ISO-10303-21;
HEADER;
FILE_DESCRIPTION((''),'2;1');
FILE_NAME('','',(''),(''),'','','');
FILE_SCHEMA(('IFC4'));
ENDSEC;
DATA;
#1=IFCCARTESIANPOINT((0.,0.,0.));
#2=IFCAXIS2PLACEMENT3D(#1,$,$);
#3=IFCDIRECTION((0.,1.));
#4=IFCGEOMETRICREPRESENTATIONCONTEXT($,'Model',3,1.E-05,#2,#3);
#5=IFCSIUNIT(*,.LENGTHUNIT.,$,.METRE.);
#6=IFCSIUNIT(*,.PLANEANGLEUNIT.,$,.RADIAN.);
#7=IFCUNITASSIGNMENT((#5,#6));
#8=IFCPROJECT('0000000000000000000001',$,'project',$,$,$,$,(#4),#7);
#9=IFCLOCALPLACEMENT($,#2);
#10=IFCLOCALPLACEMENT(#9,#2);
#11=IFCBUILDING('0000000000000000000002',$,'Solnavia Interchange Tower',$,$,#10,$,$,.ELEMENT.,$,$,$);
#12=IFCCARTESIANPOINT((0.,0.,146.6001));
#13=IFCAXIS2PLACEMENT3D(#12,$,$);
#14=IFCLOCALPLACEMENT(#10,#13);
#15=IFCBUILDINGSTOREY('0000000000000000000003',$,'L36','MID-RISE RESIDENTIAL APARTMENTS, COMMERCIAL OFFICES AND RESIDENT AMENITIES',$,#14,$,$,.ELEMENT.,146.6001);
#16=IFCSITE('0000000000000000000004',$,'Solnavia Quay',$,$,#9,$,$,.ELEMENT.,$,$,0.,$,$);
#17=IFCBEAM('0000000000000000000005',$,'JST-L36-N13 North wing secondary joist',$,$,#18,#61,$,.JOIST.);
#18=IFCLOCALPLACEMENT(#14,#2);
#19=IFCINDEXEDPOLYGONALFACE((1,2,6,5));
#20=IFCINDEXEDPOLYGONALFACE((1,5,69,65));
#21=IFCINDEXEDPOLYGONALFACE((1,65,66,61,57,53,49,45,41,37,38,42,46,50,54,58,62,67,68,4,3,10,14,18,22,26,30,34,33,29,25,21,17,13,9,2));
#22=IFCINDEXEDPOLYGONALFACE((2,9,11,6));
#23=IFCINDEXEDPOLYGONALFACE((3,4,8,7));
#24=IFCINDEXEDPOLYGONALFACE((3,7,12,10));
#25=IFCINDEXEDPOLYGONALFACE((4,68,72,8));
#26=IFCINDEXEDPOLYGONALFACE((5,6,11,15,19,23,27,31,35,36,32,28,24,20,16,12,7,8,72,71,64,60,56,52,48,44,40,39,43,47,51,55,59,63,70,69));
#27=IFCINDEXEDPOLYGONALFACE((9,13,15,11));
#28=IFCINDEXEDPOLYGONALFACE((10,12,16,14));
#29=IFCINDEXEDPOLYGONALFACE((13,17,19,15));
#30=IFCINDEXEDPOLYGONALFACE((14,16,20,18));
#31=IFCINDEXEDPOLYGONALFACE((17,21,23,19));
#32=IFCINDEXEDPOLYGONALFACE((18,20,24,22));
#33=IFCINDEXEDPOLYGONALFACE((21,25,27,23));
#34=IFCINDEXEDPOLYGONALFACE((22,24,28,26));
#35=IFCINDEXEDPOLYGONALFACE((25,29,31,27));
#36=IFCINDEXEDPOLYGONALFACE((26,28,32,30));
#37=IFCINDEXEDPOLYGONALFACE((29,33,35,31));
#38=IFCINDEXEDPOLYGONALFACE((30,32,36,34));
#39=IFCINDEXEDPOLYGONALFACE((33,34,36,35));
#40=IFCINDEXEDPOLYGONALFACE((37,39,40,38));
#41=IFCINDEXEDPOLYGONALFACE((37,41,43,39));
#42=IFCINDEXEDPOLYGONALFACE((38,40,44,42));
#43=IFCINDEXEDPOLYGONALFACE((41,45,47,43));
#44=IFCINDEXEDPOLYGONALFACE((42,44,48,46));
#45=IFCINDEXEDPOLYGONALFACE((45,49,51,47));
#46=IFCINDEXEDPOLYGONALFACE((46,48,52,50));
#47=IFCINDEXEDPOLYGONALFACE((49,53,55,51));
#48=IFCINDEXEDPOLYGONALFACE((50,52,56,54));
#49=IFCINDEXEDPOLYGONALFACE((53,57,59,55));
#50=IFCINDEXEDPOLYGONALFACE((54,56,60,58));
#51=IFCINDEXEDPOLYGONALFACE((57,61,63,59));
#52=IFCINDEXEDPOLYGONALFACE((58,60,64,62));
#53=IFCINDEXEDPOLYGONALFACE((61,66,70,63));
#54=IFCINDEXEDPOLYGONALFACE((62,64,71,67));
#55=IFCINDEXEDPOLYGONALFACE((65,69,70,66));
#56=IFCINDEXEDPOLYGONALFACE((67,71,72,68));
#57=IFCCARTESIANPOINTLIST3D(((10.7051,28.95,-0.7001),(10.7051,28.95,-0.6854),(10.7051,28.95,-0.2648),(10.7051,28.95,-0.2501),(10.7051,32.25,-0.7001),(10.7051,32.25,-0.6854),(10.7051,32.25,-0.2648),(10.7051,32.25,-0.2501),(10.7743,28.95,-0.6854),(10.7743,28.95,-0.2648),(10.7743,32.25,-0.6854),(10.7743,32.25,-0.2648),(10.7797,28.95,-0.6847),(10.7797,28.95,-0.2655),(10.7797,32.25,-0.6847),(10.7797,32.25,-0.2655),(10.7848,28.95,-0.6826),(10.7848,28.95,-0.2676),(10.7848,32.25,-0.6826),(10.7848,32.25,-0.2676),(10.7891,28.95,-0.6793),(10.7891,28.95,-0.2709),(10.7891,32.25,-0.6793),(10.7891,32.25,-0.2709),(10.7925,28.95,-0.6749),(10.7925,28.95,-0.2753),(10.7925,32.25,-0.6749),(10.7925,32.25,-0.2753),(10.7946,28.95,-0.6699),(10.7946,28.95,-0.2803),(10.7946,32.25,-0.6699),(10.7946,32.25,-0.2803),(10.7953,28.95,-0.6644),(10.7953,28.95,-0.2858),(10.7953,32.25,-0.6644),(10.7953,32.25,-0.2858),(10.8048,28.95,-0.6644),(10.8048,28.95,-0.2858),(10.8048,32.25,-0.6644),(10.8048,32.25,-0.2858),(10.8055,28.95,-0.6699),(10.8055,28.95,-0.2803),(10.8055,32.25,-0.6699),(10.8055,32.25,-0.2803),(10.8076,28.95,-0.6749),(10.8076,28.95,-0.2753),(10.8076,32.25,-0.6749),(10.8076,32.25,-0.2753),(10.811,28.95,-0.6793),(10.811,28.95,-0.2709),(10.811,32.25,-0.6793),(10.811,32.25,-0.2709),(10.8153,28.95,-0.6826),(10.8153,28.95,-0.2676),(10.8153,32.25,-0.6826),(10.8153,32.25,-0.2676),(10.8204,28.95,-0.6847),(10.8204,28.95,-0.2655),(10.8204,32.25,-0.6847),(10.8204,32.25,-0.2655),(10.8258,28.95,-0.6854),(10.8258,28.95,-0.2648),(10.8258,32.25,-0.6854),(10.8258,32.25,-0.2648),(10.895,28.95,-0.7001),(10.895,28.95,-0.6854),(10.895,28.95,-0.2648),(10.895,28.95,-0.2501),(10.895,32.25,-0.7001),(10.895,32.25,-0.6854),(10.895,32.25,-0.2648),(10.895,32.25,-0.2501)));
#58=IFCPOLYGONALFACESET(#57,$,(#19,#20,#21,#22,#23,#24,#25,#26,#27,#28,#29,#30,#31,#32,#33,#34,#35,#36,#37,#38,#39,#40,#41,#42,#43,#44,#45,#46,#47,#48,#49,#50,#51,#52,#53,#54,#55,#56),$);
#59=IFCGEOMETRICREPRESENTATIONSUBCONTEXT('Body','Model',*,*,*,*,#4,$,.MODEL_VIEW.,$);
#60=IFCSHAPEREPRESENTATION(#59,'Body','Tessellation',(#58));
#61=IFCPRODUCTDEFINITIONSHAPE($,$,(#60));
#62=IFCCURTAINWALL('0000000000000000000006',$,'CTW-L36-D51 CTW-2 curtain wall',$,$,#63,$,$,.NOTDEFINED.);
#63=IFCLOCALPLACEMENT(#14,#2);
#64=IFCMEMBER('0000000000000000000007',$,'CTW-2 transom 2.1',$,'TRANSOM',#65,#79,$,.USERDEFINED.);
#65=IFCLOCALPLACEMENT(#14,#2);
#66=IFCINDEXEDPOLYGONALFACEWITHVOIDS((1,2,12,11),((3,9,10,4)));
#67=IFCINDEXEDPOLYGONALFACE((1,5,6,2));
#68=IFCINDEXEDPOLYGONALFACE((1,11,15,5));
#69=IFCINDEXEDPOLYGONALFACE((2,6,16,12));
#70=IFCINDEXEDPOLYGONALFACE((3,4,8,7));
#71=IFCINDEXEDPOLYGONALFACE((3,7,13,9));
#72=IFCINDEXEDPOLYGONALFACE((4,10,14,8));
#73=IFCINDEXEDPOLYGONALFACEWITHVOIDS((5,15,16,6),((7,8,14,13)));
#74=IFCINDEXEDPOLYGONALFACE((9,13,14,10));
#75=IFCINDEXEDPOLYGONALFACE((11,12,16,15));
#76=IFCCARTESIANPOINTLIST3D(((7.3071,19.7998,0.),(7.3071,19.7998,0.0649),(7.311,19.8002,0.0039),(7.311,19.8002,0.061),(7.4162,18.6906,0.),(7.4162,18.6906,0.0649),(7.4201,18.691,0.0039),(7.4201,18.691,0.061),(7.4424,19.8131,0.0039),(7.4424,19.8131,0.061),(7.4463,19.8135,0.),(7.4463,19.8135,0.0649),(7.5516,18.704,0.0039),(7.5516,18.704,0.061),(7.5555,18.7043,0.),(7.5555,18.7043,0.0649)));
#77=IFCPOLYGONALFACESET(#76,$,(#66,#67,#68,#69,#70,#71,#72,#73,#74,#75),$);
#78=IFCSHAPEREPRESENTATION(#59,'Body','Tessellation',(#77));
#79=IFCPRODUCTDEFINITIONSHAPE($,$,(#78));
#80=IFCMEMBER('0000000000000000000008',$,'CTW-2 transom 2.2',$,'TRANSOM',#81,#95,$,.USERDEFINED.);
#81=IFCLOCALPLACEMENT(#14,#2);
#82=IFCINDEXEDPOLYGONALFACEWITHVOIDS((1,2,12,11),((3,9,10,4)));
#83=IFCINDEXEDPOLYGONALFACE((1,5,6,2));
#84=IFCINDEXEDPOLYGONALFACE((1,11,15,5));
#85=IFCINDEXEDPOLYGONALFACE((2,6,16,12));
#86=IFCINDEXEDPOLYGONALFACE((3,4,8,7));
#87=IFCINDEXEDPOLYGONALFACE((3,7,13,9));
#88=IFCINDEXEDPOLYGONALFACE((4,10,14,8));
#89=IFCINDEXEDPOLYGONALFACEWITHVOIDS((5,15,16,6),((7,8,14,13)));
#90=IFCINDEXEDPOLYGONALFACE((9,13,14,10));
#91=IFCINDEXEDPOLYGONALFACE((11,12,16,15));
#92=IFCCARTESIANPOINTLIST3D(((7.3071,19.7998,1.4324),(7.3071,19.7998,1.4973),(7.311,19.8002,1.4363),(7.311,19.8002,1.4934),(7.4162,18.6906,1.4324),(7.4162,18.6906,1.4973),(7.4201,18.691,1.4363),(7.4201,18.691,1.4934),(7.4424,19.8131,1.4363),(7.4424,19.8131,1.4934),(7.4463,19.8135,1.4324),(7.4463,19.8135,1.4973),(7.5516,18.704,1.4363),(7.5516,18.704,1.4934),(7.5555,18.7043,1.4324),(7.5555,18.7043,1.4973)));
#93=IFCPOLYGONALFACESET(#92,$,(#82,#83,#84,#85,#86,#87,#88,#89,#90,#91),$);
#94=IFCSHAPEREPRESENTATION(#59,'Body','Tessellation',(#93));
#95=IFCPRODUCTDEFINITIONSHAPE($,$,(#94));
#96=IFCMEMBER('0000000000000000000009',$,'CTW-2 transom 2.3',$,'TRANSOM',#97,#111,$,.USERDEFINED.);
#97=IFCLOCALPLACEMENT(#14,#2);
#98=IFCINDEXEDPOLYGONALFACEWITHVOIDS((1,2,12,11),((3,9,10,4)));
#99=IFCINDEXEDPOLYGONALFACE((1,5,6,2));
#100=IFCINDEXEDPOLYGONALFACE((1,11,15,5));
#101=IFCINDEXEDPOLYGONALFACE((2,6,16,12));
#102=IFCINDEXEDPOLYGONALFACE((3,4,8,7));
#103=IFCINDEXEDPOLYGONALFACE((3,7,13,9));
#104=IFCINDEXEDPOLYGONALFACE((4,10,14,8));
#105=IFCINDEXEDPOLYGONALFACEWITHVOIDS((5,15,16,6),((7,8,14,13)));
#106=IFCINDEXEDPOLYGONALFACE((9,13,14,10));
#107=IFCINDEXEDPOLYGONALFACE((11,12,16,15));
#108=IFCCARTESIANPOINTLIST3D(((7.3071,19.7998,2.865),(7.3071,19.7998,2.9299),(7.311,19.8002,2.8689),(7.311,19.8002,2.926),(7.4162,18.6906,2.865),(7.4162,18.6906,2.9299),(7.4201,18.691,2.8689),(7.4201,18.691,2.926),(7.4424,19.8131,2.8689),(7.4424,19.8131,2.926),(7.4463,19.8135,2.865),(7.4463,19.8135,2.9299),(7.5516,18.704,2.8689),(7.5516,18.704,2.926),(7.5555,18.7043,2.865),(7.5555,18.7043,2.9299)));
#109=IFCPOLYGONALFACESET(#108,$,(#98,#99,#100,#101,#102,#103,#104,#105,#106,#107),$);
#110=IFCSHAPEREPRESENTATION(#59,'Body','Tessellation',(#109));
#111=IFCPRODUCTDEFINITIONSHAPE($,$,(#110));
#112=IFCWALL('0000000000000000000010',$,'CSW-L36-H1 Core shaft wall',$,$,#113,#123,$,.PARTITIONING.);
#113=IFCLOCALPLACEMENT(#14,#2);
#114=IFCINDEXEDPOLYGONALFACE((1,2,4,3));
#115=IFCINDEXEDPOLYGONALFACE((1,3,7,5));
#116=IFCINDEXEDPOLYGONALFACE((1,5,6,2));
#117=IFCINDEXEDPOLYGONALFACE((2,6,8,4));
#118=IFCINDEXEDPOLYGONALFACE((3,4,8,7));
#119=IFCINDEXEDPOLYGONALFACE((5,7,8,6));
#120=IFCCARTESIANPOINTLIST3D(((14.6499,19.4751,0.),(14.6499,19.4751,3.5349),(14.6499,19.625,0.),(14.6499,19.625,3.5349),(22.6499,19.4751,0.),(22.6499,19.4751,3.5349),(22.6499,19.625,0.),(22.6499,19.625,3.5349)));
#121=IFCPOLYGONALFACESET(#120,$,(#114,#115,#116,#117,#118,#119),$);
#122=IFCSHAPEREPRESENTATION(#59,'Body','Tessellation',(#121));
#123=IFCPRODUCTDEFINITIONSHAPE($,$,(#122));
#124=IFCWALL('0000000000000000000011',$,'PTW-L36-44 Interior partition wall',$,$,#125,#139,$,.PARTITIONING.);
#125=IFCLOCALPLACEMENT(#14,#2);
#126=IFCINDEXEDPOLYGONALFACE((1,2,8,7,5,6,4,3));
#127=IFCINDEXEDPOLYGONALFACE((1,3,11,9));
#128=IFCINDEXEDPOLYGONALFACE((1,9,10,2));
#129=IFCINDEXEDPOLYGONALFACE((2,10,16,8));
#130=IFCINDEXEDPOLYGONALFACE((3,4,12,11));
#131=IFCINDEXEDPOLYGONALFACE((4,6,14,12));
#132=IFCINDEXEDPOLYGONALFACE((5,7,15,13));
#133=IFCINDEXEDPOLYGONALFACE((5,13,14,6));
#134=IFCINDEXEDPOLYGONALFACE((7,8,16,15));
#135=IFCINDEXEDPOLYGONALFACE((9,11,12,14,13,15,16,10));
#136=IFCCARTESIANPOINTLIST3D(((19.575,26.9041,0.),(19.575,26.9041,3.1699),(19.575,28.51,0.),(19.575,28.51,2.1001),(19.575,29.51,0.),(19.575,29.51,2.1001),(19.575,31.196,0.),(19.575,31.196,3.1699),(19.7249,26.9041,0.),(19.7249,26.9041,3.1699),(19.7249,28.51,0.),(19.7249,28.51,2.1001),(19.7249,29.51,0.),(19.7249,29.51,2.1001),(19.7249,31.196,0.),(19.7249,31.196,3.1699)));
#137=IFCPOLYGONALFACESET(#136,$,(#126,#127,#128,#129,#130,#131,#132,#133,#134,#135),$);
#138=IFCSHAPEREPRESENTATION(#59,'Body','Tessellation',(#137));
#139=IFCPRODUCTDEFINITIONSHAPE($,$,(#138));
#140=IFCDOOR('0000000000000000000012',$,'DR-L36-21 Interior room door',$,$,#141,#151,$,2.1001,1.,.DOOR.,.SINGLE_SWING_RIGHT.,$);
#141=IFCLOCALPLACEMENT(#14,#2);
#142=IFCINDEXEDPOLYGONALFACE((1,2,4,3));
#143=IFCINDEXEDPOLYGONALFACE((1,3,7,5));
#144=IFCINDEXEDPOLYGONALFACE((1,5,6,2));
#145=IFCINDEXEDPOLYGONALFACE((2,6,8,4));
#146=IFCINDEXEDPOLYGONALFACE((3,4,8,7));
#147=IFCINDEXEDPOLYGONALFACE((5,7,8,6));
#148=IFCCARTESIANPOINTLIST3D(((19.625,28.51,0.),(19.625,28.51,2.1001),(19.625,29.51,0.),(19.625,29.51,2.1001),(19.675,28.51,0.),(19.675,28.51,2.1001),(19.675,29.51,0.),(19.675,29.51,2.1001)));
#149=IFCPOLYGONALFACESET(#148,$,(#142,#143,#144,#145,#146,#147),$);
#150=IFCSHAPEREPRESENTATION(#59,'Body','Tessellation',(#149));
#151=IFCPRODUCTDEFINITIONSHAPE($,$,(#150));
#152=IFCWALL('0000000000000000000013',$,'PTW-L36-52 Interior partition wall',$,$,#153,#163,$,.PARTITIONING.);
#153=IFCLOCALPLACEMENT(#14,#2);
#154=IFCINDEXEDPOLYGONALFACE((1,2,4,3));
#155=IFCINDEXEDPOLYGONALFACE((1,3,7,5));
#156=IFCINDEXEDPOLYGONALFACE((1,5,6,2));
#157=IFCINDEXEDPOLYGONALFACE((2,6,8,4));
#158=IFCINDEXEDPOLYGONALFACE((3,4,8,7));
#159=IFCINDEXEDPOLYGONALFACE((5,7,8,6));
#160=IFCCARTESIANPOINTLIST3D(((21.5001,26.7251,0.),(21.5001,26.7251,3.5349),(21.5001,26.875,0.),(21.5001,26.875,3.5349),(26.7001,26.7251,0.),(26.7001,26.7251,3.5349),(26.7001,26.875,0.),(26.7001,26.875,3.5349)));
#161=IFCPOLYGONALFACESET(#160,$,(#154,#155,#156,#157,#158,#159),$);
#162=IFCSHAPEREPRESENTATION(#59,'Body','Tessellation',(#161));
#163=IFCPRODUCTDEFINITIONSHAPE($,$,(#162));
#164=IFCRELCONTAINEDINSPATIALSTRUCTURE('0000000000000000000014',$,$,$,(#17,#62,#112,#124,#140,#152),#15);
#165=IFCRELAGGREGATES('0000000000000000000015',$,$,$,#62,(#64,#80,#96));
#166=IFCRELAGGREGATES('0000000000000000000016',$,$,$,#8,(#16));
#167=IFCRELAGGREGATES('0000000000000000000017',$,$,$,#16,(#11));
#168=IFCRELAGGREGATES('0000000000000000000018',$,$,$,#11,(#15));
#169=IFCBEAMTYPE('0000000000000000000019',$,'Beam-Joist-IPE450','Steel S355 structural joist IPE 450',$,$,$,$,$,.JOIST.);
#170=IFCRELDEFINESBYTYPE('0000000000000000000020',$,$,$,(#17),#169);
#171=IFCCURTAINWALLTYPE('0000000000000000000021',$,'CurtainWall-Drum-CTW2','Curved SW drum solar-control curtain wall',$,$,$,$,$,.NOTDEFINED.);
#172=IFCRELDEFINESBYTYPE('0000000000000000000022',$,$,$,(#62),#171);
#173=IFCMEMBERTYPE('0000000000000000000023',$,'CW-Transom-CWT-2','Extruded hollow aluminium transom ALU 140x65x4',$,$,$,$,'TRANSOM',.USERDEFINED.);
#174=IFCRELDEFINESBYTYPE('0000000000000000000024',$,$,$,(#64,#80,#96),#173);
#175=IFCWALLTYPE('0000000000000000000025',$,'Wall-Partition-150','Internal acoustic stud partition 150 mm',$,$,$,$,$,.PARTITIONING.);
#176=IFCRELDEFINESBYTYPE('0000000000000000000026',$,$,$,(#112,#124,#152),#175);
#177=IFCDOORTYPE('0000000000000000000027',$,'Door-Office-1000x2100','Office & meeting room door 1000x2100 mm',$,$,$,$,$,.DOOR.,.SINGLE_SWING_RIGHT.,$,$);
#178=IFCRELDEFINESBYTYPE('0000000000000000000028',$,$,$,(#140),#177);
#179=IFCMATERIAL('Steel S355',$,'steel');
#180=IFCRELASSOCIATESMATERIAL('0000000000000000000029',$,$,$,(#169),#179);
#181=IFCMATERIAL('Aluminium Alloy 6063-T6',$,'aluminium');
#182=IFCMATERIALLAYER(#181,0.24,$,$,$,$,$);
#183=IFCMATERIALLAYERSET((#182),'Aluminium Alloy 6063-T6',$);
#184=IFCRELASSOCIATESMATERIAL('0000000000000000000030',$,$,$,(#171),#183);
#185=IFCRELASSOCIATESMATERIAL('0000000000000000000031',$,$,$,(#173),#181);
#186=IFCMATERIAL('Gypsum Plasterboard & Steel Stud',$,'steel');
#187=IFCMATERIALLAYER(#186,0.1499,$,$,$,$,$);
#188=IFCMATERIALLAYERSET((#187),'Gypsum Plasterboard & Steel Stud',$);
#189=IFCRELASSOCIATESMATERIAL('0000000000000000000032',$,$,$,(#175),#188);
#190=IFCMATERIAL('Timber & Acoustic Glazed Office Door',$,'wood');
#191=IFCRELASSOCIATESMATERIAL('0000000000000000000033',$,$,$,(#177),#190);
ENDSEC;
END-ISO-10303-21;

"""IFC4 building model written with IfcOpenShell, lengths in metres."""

from ifc_helpers import new_model, si_unit, direction, frame, frame_2d, origin, origin_2d, place, context, subcontext, project, spatial, rectangle, hollow_rectangle, i_section, extrude, material, layer, layer_set, material_profile, profile_set, type_object, element, fill, aggregate, save


model = new_model("IFC4")

# Units and contexts
model_context = context("Model", 3, precision=1e-05, world=origin(), true_north=direction((0.0, 1.0)))
body_context = subcontext(model_context, "Body", "Model", "MODEL_VIEW")
ifc_project = project(units=[si_unit("LENGTHUNIT", "METRE"), si_unit("PLANEANGLEUNIT", "RADIAN")], contexts=[model_context])

# Site, building, storey
site_placement = place(None, origin())
site = spatial("IfcSite", under=ifc_project, at=site_placement, Name="Solnavia Quay", CompositionType="ELEMENT", RefElevation=0.0)
building_placement = place(site_placement, origin())
building = spatial("IfcBuilding", under=site, at=building_placement, Name="Solnavia Interchange Tower", CompositionType="ELEMENT")
storey_placement = place(building_placement, frame((0.0, 0.0, 146.6001)))
storey = spatial("IfcBuildingStorey", under=building, at=storey_placement, Name="L36", Description="MID-RISE RESIDENTIAL APARTMENTS, COMMERCIAL OFFICES AND RESIDENT AMENITIES", CompositionType="ELEMENT", Elevation=146.6001)

# Shared definitions
ifc_material_1 = material(Name="Steel S355", Category="steel")

# Beam
ifc_material_profile_1 = material_profile(ifc_material_1, i_section(OverallWidth=0.1899, OverallDepth=0.45, WebThickness=0.0095, FlangeThickness=0.0146, FilletRadius=0.021, at=origin_2d()), Name="IPE 450")
ifc_profile_set_1 = profile_set([ifc_material_profile_1], Name="Steel S355")
beam_type_1 = type_object("IfcBeamType", Name="Beam-Joist-IPE450", Description="Steel S355 structural joist IPE 450", PredefinedType="JOIST", material=ifc_profile_set_1)
beam_1_placement = place(storey_placement, frame((10.8, 28.95, -0.4751), z_axis=(0.0, 1.0, 0.0), x_axis=(-1.0, 0.0, 0.0)))
element("IfcBeam", 1, at=beam_1_placement, inside=storey, type_object=beam_type_1, Name="JST-L36-N13 North wing secondary joist", PredefinedType="JOIST", context=body_context, shape_type="SweptSolid", body=[
    extrude(i_section(OverallWidth=0.1899, OverallDepth=0.45, WebThickness=0.0095, FlangeThickness=0.0146, FilletRadius=0.021, at=origin_2d()), origin(), (0.0, 0.0, 1.0), 3.3),
])

# Curtain wall, members
ifc_material_2 = material(Name="Aluminium Alloy 6063-T6", Category="aluminium")
ifc_layer_1 = layer(ifc_material_2, 0.24)
ifc_layer_set_1 = layer_set([ifc_layer_1], Name="Aluminium Alloy 6063-T6")
curtain_wall_type = type_object("IfcCurtainWallType", Name="CurtainWall-Drum-CTW2", Description="Curved SW drum solar-control curtain wall", PredefinedType="NOTDEFINED", material=ifc_layer_set_1)
curtain_wall_placement = place(storey_placement, origin())
curtain_wall = element("IfcCurtainWall", 2, at=curtain_wall_placement, inside=storey, type_object=curtain_wall_type, Name="CTW-L36-D51 CTW-2 curtain wall", PredefinedType="NOTDEFINED")
ifc_material_profile_2 = material_profile(ifc_material_2, hollow_rectangle(XDim=0.0649, YDim=0.1399, WallThickness=0.0039, at=origin_2d()), Name="ALU 140x65x4")
ifc_profile_set_2 = profile_set([ifc_material_profile_2], Name="Aluminium Alloy 6063-T6")
member_type = type_object("IfcMemberType", Name="CW-Transom-CWT-2", Description="Extruded hollow aluminium transom ALU 140x65x4", ElementType="TRANSOM", PredefinedType="USERDEFINED", material=ifc_profile_set_2)
member_1_placement = place(storey_placement, frame((7.3767, 19.8066, 0.0325), z_axis=(0.09792, -0.995194, 0.0), x_axis=(0.0, 0.0, 1.0)))
member_1 = element("IfcMember", 3, at=member_1_placement, type_object=member_type, Name="CTW-2 transom 2.1", ObjectType="TRANSOM", PredefinedType="USERDEFINED", context=body_context, shape_type="SweptSolid", body=[
    extrude(hollow_rectangle(XDim=0.0649, YDim=0.1399, WallThickness=0.0039, at=origin_2d()), origin(), (0.0, 0.0, 1.0), 1.1145),
])
member_2_placement = place(storey_placement, frame((7.3767, 19.8066, 1.4648), z_axis=(0.09792, -0.995194, 0.0), x_axis=(0.0, 0.0, 1.0)))
member_2 = element("IfcMember", 4, at=member_2_placement, type_object=member_type, Name="CTW-2 transom 2.2", ObjectType="TRANSOM", PredefinedType="USERDEFINED", context=body_context, shape_type="SweptSolid", body=[
    extrude(hollow_rectangle(XDim=0.0649, YDim=0.1399, WallThickness=0.0039, at=origin_2d()), origin(), (0.0, 0.0, 1.0), 1.1145),
])
member_3_placement = place(storey_placement, frame((7.3767, 19.8066, 2.8975), z_axis=(0.09792, -0.995194, 0.0), x_axis=(0.0, 0.0, 1.0)))
member_3 = element("IfcMember", 5, at=member_3_placement, type_object=member_type, Name="CTW-2 transom 2.3", ObjectType="TRANSOM", PredefinedType="USERDEFINED", context=body_context, shape_type="SweptSolid", body=[
    extrude(hollow_rectangle(XDim=0.0649, YDim=0.1399, WallThickness=0.0039, at=origin_2d()), origin(), (0.0, 0.0, 1.0), 1.1145),
])
aggregate(curtain_wall, [member_1, member_2, member_3])

# Wall
ifc_material_3 = material(Name="Gypsum Plasterboard & Steel Stud", Category="steel")
ifc_layer_2 = layer(ifc_material_3, 0.1499)
ifc_layer_set_2 = layer_set([ifc_layer_2], Name="Gypsum Plasterboard & Steel Stud")
wall_type_1 = type_object("IfcWallType", Name="Wall-Partition-150", Description="Internal acoustic stud partition 150 mm", PredefinedType="PARTITIONING", material=ifc_layer_set_2)
wall_1_placement = place(storey_placement, frame((14.6499, 19.55, 0.0), z_axis=(0.0, 0.0, 1.0), x_axis=(1.0, 0.0, 0.0)))
element("IfcWall", 6, at=wall_1_placement, inside=storey, type_object=wall_type_1, Name="CSW-L36-H1 Core shaft wall", PredefinedType="PARTITIONING", context=body_context, shape_type="SweptSolid", body=[
    extrude(rectangle(XDim=8.0, YDim=0.1499, at=frame_2d((4.0, 0.0))), origin(), (0.0, 0.0, 1.0), 3.5349),
])

# Wall, opening, door
wall_2_placement = place(storey_placement, frame((19.6499, 26.9041, 0.0), z_axis=(0.0, 0.0, 1.0), x_axis=(0.0, 1.0, 0.0)))
wall_2 = element("IfcWall", 7, at=wall_2_placement, inside=storey, type_object=wall_type_1, Name="PTW-L36-44 Interior partition wall", PredefinedType="PARTITIONING", context=body_context, shape_type="SweptSolid", body=[
    extrude(rectangle(XDim=4.292, YDim=0.1499, at=frame_2d((2.146, 0.0))), origin(), (0.0, 0.0, 1.0), 3.1699),
])
opening_1_placement = place(wall_2_placement, frame((1.606, 0.0, 0.0)))
opening_1 = element("IfcOpeningElement", 8, at=opening_1_placement, cuts=wall_2, PredefinedType="OPENING", context=body_context, shape_type="SweptSolid", body=[
    extrude(rectangle(XDim=1.0, YDim=2.1001, at=frame_2d((0.5, 1.05))), frame((0.0, 0.085, 0.0), z_axis=(0.0, -1.0, 0.0), x_axis=(1.0, 0.0, 0.0)), (0.0, 0.0, 1.0), 0.1699),
])
ifc_material_4 = material(Name="Timber & Acoustic Glazed Office Door", Category="wood")
door_type_1 = type_object("IfcDoorType", Name="Door-Office-1000x2100", Description="Office & meeting room door 1000x2100 mm", OperationType="SINGLE_SWING_RIGHT", PredefinedType="DOOR", material=ifc_material_4)
door_1_placement = place(opening_1_placement, origin())
door_1 = element("IfcDoor", 9, at=door_1_placement, inside=storey, type_object=door_type_1, Name="DR-L36-21 Interior room door", OperationType="SINGLE_SWING_RIGHT", OverallHeight=2.1001, OverallWidth=1.0, PredefinedType="DOOR", context=body_context, shape_type="SweptSolid", body=[
    extrude(rectangle(XDim=1.0, YDim=2.1001, at=frame_2d((0.5, 1.05))), frame((0.0, 0.0249, 0.0), z_axis=(0.0, -1.0, 0.0), x_axis=(1.0, 0.0, 0.0)), (0.0, 0.0, 1.0), 0.05),
])
fill(opening_1, door_1)

# Wall
wall_3_placement = place(storey_placement, frame((21.5, 26.8, 0.0), z_axis=(0.0, 0.0, 1.0), x_axis=(1.0, 0.0, 0.0)))
element("IfcWall", 10, at=wall_3_placement, inside=storey, type_object=wall_type_1, Name="PTW-L36-52 Interior partition wall", PredefinedType="PARTITIONING", context=body_context, shape_type="SweptSolid", body=[
    extrude(rectangle(XDim=5.2, YDim=0.1499, at=frame_2d((2.6001, 0.0))), origin(), (0.0, 0.0, 1.0), 3.5349),
])

save(model, "model.ifc")
